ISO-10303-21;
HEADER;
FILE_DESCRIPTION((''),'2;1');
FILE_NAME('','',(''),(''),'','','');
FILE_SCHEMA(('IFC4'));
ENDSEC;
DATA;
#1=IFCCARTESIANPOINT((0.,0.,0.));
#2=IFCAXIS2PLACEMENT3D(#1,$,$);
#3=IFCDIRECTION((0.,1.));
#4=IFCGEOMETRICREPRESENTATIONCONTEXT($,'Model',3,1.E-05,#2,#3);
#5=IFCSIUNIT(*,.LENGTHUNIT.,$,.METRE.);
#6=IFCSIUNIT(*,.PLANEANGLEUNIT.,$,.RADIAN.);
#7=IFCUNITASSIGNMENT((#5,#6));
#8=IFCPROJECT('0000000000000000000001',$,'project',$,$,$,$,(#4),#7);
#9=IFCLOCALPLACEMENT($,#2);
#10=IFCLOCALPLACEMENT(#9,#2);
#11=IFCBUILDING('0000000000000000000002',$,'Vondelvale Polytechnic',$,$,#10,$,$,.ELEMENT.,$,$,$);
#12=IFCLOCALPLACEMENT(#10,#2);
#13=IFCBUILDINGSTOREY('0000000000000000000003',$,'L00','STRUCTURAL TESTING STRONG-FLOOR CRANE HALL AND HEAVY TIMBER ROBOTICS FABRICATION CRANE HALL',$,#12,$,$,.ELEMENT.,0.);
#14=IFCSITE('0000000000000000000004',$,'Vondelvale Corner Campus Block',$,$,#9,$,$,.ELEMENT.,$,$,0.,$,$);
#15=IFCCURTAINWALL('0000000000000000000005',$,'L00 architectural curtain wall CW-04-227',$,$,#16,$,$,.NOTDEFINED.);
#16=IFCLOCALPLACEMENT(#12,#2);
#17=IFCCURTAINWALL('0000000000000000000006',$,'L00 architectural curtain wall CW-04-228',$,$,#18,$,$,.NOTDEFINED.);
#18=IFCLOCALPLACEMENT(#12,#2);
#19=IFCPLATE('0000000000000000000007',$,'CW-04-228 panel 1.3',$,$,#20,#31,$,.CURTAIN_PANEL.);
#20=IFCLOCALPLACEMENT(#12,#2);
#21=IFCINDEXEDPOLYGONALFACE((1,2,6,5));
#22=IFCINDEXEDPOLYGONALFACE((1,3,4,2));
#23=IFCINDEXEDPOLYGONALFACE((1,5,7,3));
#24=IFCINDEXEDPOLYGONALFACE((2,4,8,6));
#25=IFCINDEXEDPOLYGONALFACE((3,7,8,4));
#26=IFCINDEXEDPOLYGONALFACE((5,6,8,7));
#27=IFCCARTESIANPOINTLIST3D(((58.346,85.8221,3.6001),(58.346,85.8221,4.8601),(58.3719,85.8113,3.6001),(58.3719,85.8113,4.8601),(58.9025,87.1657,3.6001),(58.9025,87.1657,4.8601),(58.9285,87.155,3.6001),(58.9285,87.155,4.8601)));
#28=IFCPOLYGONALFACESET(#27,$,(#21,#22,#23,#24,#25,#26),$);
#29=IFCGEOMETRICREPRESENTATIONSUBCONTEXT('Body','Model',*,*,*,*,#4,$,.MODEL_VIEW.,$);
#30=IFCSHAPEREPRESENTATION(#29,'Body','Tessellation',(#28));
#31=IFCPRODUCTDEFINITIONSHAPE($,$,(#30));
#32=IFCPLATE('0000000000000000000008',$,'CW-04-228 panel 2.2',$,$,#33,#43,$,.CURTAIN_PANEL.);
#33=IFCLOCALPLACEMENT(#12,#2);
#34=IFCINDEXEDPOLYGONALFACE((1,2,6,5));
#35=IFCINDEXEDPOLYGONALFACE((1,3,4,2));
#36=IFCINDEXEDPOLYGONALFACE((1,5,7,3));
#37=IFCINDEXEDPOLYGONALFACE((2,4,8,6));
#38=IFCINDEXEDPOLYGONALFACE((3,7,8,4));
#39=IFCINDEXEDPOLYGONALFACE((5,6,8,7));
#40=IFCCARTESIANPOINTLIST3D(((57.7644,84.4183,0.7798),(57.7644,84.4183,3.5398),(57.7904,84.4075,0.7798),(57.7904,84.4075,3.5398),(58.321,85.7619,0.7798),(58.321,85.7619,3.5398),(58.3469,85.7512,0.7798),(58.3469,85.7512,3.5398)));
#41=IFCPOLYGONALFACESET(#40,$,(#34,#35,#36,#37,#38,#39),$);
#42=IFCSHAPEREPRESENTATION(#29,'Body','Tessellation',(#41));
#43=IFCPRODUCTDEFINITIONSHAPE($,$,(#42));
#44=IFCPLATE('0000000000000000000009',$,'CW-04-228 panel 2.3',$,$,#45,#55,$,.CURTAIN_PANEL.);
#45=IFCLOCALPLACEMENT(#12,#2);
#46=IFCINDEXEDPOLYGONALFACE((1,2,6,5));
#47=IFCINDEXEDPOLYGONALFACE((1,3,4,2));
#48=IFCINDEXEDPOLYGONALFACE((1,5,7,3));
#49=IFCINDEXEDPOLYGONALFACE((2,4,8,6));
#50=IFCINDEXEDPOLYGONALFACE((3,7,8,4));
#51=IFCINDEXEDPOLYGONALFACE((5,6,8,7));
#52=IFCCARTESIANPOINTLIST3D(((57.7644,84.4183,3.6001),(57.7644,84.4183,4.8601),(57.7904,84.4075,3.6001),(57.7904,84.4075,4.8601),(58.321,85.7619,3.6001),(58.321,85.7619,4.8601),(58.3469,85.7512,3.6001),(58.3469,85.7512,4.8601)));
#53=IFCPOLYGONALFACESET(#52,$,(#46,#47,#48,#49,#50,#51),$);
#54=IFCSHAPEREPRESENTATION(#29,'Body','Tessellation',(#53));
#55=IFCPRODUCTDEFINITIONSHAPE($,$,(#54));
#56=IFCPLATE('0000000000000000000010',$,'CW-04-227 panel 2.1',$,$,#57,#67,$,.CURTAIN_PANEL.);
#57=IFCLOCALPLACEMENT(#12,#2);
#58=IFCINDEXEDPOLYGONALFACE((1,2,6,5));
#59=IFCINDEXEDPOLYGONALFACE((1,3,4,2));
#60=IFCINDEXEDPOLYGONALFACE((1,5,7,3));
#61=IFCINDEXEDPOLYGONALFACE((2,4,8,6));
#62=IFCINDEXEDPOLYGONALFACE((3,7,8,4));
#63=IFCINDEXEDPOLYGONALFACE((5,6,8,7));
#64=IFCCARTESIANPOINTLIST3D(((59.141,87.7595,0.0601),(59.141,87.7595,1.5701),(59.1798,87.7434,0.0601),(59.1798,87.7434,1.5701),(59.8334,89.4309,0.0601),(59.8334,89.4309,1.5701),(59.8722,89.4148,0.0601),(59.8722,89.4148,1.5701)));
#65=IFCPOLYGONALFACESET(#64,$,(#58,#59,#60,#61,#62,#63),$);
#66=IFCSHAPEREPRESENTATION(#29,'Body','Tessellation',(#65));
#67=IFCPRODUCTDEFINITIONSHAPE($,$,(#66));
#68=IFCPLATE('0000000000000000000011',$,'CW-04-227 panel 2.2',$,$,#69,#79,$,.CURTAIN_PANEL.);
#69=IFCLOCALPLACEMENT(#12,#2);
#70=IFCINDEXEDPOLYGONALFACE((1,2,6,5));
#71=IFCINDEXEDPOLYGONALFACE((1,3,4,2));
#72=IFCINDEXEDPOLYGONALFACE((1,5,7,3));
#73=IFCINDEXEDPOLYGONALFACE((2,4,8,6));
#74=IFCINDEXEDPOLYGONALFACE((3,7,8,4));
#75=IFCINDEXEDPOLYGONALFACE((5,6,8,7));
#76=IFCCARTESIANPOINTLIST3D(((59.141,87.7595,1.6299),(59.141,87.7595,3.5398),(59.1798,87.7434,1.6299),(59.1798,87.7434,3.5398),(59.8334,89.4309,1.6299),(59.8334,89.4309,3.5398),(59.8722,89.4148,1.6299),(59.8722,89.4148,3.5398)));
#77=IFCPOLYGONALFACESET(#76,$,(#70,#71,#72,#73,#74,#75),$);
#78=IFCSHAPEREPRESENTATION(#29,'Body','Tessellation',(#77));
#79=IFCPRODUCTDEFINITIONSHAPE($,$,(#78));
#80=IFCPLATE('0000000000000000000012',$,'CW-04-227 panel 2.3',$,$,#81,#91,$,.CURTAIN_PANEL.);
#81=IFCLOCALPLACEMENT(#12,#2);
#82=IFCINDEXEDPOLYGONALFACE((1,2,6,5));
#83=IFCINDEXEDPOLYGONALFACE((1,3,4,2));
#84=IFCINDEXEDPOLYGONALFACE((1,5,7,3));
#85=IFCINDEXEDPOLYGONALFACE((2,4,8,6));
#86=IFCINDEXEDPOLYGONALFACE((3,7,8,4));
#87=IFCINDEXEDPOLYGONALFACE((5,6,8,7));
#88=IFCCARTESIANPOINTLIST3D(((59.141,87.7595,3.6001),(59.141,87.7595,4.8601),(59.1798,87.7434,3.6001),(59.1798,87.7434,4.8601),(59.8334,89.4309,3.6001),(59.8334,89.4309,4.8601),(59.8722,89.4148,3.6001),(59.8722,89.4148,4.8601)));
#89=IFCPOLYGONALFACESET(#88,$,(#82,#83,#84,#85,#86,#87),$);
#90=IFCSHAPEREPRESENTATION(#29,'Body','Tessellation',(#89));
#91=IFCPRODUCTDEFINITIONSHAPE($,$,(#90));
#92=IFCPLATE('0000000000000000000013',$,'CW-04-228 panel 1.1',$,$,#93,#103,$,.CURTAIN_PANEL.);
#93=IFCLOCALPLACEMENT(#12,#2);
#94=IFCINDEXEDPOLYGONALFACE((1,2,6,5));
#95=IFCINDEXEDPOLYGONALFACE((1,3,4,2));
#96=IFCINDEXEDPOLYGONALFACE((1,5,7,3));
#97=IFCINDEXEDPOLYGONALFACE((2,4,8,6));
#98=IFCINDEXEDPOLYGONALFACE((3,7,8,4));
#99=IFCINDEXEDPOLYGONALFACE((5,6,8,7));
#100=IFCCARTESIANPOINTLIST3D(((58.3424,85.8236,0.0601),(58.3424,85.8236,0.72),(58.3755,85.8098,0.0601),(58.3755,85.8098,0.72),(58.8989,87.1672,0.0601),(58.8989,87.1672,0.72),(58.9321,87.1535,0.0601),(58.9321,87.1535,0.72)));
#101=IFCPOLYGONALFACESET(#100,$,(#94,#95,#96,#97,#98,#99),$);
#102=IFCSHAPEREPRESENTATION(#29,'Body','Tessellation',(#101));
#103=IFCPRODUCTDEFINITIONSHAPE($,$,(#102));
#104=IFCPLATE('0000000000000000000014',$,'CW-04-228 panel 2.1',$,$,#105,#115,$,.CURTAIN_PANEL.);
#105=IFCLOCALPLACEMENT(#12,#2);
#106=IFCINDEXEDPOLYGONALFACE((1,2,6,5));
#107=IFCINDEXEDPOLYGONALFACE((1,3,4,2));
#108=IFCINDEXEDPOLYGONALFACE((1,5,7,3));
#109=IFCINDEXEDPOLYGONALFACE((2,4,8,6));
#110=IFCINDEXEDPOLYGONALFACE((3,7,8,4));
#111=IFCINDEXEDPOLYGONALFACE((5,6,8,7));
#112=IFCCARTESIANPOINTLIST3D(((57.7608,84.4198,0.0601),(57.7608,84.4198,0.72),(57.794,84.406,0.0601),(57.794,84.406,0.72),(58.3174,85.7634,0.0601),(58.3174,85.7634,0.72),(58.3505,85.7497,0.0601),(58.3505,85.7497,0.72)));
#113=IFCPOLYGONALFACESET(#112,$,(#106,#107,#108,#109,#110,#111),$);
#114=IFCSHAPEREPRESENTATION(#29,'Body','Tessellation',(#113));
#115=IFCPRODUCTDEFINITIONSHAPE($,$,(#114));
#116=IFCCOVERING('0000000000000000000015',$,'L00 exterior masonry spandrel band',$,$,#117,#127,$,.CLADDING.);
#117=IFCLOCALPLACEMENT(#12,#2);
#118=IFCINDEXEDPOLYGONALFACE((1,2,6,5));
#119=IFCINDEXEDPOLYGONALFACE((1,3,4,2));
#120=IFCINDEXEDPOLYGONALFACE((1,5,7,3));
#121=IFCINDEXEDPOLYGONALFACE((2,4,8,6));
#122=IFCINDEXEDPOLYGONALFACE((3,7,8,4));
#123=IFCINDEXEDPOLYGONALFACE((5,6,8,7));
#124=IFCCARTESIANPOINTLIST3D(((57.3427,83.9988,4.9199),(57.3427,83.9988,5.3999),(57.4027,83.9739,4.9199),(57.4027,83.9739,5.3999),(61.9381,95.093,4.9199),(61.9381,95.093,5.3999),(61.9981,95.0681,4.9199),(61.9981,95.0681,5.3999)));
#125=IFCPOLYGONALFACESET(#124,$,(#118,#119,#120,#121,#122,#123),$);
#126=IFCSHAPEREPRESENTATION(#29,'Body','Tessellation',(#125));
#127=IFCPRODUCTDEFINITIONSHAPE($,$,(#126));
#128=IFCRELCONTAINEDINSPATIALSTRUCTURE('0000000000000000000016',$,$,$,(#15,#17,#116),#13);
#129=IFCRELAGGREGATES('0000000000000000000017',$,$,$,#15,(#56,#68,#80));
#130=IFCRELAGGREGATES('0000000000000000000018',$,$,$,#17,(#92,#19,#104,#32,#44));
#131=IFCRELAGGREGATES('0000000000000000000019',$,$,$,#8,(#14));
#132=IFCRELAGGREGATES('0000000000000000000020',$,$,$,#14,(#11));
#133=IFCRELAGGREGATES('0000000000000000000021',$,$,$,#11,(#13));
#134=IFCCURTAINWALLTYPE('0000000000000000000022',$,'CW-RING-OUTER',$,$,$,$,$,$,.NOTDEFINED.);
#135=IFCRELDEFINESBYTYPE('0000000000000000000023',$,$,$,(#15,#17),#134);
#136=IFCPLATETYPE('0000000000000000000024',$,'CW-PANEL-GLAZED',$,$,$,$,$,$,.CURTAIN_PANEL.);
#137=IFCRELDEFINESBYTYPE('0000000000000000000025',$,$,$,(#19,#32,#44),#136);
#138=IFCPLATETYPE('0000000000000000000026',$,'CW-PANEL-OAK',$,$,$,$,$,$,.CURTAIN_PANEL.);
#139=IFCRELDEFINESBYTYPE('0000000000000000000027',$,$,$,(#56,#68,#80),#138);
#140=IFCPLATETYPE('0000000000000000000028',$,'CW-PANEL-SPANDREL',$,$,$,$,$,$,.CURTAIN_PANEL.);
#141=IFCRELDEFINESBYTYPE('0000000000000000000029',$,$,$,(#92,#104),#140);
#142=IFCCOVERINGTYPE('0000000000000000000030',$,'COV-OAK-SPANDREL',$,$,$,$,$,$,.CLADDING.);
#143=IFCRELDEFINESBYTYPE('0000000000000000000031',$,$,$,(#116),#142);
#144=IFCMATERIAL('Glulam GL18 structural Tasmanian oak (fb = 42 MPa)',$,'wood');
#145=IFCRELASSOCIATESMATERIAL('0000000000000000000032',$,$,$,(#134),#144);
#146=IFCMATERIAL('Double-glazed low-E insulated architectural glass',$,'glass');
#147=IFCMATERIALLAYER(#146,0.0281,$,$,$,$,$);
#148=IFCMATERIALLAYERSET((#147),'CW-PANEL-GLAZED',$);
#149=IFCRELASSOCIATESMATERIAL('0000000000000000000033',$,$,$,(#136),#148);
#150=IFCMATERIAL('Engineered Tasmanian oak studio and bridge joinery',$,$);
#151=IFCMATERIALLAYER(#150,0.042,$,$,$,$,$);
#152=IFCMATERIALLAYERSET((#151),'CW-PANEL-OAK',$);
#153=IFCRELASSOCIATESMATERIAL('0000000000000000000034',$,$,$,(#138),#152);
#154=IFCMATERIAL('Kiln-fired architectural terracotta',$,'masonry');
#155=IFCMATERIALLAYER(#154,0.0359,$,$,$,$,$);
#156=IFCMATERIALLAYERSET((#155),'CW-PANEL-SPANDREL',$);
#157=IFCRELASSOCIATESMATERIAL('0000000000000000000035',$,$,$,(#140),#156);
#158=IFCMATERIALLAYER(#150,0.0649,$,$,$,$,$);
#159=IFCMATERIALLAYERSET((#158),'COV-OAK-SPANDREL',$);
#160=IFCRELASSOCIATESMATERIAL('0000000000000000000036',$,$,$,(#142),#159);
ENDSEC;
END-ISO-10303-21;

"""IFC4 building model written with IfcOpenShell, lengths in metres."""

from ifc_helpers import new_model, si_unit, direction, frame, origin, origin_2d, place, context, subcontext, project, spatial, rectangle, extrude, material, layer, layer_set, type_object, element, aggregate, save


model = new_model("IFC4")

# Units and contexts
model_context = context("Model", 3, precision=1e-05, world=origin(), true_north=direction((0.0, 1.0)))
body_context = subcontext(model_context, "Body", "Model", "MODEL_VIEW")
ifc_project = project(units=[si_unit("LENGTHUNIT", "METRE"), si_unit("PLANEANGLEUNIT", "RADIAN")], contexts=[model_context])

# Site, building, storey
site_placement = place(None, origin())
site = spatial("IfcSite", under=ifc_project, at=site_placement, Name="Vondelvale Corner Campus Block", CompositionType="ELEMENT", RefElevation=0.0)
building_placement = place(site_placement, origin())
building = spatial("IfcBuilding", under=site, at=building_placement, Name="Vondelvale Polytechnic", CompositionType="ELEMENT")
storey_placement = place(building_placement, origin())
storey = spatial("IfcBuildingStorey", under=building, at=storey_placement, Name="L00", Description="STRUCTURAL TESTING STRONG-FLOOR CRANE HALL AND HEAVY TIMBER ROBOTICS FABRICATION CRANE HALL", CompositionType="ELEMENT", Elevation=0.0)

# Shared definitions
ifc_material_1 = material(Name="Glulam GL18 structural Tasmanian oak (fb = 42 MPa)", Category="wood")

# Curtain wall
curtain_wall_type = type_object("IfcCurtainWallType", Name="CW-RING-OUTER", PredefinedType="NOTDEFINED", material=ifc_material_1)
curtain_wall_1_placement = place(storey_placement, origin())
curtain_wall_1 = element("IfcCurtainWall", 1, at=curtain_wall_1_placement, inside=storey, type_object=curtain_wall_type, Name="L00 architectural curtain wall CW-04-227", PredefinedType="NOTDEFINED")

# Curtain wall, plates
curtain_wall_2_placement = place(storey_placement, origin())
curtain_wall_2 = element("IfcCurtainWall", 2, at=curtain_wall_2_placement, inside=storey, type_object=curtain_wall_type, Name="L00 architectural curtain wall CW-04-228", PredefinedType="NOTDEFINED")
ifc_material_2 = material(Name="Double-glazed low-E insulated architectural glass", Category="glass")
ifc_layer_1 = layer(ifc_material_2, 0.0281)
ifc_layer_set_1 = layer_set([ifc_layer_1], Name="CW-PANEL-GLAZED")
plate_type_1 = type_object("IfcPlateType", Name="CW-PANEL-GLAZED", PredefinedType="CURTAIN_PANEL", material=ifc_layer_set_1)
plate_1_placement = place(storey_placement, frame((58.6372, 86.4885, 3.6001), z_axis=(0.0, 0.0, 1.0), x_axis=(-0.382679, -0.923881, 0.0)))
plate_1 = element("IfcPlate", 3, at=plate_1_placement, type_object=plate_type_1, Name="CW-04-228 panel 1.3", PredefinedType="CURTAIN_PANEL", context=body_context, shape_type="SweptSolid", body=[
    extrude(rectangle(XDim=1.4543, YDim=0.0281, at=origin_2d()), origin(), (0.0, 0.0, 1.0), 1.26),
])
plate_2_placement = place(storey_placement, frame((58.0557, 85.0847, 0.7798), z_axis=(0.0, 0.0, 1.0), x_axis=(-0.382679, -0.923881, 0.0)))
plate_2 = element("IfcPlate", 4, at=plate_2_placement, type_object=plate_type_1, Name="CW-04-228 panel 2.2", PredefinedType="CURTAIN_PANEL", context=body_context, shape_type="SweptSolid", body=[
    extrude(rectangle(XDim=1.4543, YDim=0.0281, at=origin_2d()), origin(), (0.0, 0.0, 1.0), 2.76),
])
plate_3_placement = place(storey_placement, frame((58.0557, 85.0847, 3.6001), z_axis=(0.0, 0.0, 1.0), x_axis=(-0.382679, -0.923881, 0.0)))
plate_3 = element("IfcPlate", 5, at=plate_3_placement, type_object=plate_type_1, Name="CW-04-228 panel 2.3", PredefinedType="CURTAIN_PANEL", context=body_context, shape_type="SweptSolid", body=[
    extrude(rectangle(XDim=1.4543, YDim=0.0281, at=origin_2d()), origin(), (0.0, 0.0, 1.0), 1.26),
])

# Plates
ifc_material_3 = material(Name="Engineered Tasmanian oak studio and bridge joinery")
ifc_layer_2 = layer(ifc_material_3, 0.042)
ifc_layer_set_2 = layer_set([ifc_layer_2], Name="CW-PANEL-OAK")
plate_type_2 = type_object("IfcPlateType", Name="CW-PANEL-OAK", PredefinedType="CURTAIN_PANEL", material=ifc_layer_set_2)
plate_4_placement = place(storey_placement, frame((59.5066, 88.5872, 0.0601), z_axis=(0.0, 0.0, 1.0), x_axis=(-0.382695, -0.923875, 0.0)))
plate_4 = element("IfcPlate", 6, at=plate_4_placement, type_object=plate_type_2, Name="CW-04-227 panel 2.1", PredefinedType="CURTAIN_PANEL", context=body_context, shape_type="SweptSolid", body=[
    extrude(rectangle(XDim=1.8091, YDim=0.042, at=origin_2d()), origin(), (0.0, 0.0, 1.0), 1.51),
])
plate_5_placement = place(storey_placement, frame((59.5066, 88.5872, 1.6299), z_axis=(0.0, 0.0, 1.0), x_axis=(-0.382695, -0.923875, 0.0)))
plate_5 = element("IfcPlate", 7, at=plate_5_placement, type_object=plate_type_2, Name="CW-04-227 panel 2.2", PredefinedType="CURTAIN_PANEL", context=body_context, shape_type="SweptSolid", body=[
    extrude(rectangle(XDim=1.8091, YDim=0.042, at=origin_2d()), origin(), (0.0, 0.0, 1.0), 1.9099),
])
plate_6_placement = place(storey_placement, frame((59.5066, 88.5872, 3.6001), z_axis=(0.0, 0.0, 1.0), x_axis=(-0.382695, -0.923875, 0.0)))
plate_6 = element("IfcPlate", 8, at=plate_6_placement, type_object=plate_type_2, Name="CW-04-227 panel 2.3", PredefinedType="CURTAIN_PANEL", context=body_context, shape_type="SweptSolid", body=[
    extrude(rectangle(XDim=1.8091, YDim=0.042, at=origin_2d()), origin(), (0.0, 0.0, 1.0), 1.26),
])
aggregate(curtain_wall_1, [plate_4, plate_5, plate_6])
ifc_material_4 = material(Name="Kiln-fired architectural terracotta", Category="masonry")
ifc_layer_3 = layer(ifc_material_4, 0.0359)
ifc_layer_set_3 = layer_set([ifc_layer_3], Name="CW-PANEL-SPANDREL")
plate_type_3 = type_object("IfcPlateType", Name="CW-PANEL-SPANDREL", PredefinedType="CURTAIN_PANEL", material=ifc_layer_set_3)
plate_7_placement = place(storey_placement, frame((58.6372, 86.4885, 0.0601), z_axis=(0.0, 0.0, 1.0), x_axis=(-0.382679, -0.923881, 0.0)))
plate_7 = element("IfcPlate", 9, at=plate_7_placement, type_object=plate_type_3, Name="CW-04-228 panel 1.1", PredefinedType="CURTAIN_PANEL", context=body_context, shape_type="SweptSolid", body=[
    extrude(rectangle(XDim=1.4543, YDim=0.0359, at=origin_2d()), origin(), (0.0, 0.0, 1.0), 0.6599),
])
plate_8_placement = place(storey_placement, frame((58.0557, 85.0847, 0.0601), z_axis=(0.0, 0.0, 1.0), x_axis=(-0.382679, -0.923881, 0.0)))
plate_8 = element("IfcPlate", 10, at=plate_8_placement, type_object=plate_type_3, Name="CW-04-228 panel 2.1", PredefinedType="CURTAIN_PANEL", context=body_context, shape_type="SweptSolid", body=[
    extrude(rectangle(XDim=1.4543, YDim=0.0359, at=origin_2d()), origin(), (0.0, 0.0, 1.0), 0.6599),
])
aggregate(curtain_wall_2, [plate_7, plate_1, plate_8, plate_2, plate_3])

# Covering
ifc_layer_4 = layer(ifc_material_3, 0.0649)
ifc_layer_set_4 = layer_set([ifc_layer_4], Name="COV-OAK-SPANDREL")
covering_type = type_object("IfcCoveringType", Name="COV-OAK-SPANDREL", PredefinedType="CLADDING", material=ifc_layer_set_4)
covering_placement = place(storey_placement, frame((59.6704, 89.5334, 4.9199), z_axis=(0.0, 0.0, 1.0), x_axis=(-0.382683, -0.92388, 0.0)))
element("IfcCovering", 11, at=covering_placement, inside=storey, type_object=covering_type, Name="L00 exterior masonry spandrel band", PredefinedType="CLADDING", context=body_context, shape_type="SweptSolid", body=[
    extrude(rectangle(XDim=12.0083, YDim=0.0649, at=origin_2d()), origin(), (0.0, 0.0, 1.0), 0.48),
])

save(model, "model.ifc")
